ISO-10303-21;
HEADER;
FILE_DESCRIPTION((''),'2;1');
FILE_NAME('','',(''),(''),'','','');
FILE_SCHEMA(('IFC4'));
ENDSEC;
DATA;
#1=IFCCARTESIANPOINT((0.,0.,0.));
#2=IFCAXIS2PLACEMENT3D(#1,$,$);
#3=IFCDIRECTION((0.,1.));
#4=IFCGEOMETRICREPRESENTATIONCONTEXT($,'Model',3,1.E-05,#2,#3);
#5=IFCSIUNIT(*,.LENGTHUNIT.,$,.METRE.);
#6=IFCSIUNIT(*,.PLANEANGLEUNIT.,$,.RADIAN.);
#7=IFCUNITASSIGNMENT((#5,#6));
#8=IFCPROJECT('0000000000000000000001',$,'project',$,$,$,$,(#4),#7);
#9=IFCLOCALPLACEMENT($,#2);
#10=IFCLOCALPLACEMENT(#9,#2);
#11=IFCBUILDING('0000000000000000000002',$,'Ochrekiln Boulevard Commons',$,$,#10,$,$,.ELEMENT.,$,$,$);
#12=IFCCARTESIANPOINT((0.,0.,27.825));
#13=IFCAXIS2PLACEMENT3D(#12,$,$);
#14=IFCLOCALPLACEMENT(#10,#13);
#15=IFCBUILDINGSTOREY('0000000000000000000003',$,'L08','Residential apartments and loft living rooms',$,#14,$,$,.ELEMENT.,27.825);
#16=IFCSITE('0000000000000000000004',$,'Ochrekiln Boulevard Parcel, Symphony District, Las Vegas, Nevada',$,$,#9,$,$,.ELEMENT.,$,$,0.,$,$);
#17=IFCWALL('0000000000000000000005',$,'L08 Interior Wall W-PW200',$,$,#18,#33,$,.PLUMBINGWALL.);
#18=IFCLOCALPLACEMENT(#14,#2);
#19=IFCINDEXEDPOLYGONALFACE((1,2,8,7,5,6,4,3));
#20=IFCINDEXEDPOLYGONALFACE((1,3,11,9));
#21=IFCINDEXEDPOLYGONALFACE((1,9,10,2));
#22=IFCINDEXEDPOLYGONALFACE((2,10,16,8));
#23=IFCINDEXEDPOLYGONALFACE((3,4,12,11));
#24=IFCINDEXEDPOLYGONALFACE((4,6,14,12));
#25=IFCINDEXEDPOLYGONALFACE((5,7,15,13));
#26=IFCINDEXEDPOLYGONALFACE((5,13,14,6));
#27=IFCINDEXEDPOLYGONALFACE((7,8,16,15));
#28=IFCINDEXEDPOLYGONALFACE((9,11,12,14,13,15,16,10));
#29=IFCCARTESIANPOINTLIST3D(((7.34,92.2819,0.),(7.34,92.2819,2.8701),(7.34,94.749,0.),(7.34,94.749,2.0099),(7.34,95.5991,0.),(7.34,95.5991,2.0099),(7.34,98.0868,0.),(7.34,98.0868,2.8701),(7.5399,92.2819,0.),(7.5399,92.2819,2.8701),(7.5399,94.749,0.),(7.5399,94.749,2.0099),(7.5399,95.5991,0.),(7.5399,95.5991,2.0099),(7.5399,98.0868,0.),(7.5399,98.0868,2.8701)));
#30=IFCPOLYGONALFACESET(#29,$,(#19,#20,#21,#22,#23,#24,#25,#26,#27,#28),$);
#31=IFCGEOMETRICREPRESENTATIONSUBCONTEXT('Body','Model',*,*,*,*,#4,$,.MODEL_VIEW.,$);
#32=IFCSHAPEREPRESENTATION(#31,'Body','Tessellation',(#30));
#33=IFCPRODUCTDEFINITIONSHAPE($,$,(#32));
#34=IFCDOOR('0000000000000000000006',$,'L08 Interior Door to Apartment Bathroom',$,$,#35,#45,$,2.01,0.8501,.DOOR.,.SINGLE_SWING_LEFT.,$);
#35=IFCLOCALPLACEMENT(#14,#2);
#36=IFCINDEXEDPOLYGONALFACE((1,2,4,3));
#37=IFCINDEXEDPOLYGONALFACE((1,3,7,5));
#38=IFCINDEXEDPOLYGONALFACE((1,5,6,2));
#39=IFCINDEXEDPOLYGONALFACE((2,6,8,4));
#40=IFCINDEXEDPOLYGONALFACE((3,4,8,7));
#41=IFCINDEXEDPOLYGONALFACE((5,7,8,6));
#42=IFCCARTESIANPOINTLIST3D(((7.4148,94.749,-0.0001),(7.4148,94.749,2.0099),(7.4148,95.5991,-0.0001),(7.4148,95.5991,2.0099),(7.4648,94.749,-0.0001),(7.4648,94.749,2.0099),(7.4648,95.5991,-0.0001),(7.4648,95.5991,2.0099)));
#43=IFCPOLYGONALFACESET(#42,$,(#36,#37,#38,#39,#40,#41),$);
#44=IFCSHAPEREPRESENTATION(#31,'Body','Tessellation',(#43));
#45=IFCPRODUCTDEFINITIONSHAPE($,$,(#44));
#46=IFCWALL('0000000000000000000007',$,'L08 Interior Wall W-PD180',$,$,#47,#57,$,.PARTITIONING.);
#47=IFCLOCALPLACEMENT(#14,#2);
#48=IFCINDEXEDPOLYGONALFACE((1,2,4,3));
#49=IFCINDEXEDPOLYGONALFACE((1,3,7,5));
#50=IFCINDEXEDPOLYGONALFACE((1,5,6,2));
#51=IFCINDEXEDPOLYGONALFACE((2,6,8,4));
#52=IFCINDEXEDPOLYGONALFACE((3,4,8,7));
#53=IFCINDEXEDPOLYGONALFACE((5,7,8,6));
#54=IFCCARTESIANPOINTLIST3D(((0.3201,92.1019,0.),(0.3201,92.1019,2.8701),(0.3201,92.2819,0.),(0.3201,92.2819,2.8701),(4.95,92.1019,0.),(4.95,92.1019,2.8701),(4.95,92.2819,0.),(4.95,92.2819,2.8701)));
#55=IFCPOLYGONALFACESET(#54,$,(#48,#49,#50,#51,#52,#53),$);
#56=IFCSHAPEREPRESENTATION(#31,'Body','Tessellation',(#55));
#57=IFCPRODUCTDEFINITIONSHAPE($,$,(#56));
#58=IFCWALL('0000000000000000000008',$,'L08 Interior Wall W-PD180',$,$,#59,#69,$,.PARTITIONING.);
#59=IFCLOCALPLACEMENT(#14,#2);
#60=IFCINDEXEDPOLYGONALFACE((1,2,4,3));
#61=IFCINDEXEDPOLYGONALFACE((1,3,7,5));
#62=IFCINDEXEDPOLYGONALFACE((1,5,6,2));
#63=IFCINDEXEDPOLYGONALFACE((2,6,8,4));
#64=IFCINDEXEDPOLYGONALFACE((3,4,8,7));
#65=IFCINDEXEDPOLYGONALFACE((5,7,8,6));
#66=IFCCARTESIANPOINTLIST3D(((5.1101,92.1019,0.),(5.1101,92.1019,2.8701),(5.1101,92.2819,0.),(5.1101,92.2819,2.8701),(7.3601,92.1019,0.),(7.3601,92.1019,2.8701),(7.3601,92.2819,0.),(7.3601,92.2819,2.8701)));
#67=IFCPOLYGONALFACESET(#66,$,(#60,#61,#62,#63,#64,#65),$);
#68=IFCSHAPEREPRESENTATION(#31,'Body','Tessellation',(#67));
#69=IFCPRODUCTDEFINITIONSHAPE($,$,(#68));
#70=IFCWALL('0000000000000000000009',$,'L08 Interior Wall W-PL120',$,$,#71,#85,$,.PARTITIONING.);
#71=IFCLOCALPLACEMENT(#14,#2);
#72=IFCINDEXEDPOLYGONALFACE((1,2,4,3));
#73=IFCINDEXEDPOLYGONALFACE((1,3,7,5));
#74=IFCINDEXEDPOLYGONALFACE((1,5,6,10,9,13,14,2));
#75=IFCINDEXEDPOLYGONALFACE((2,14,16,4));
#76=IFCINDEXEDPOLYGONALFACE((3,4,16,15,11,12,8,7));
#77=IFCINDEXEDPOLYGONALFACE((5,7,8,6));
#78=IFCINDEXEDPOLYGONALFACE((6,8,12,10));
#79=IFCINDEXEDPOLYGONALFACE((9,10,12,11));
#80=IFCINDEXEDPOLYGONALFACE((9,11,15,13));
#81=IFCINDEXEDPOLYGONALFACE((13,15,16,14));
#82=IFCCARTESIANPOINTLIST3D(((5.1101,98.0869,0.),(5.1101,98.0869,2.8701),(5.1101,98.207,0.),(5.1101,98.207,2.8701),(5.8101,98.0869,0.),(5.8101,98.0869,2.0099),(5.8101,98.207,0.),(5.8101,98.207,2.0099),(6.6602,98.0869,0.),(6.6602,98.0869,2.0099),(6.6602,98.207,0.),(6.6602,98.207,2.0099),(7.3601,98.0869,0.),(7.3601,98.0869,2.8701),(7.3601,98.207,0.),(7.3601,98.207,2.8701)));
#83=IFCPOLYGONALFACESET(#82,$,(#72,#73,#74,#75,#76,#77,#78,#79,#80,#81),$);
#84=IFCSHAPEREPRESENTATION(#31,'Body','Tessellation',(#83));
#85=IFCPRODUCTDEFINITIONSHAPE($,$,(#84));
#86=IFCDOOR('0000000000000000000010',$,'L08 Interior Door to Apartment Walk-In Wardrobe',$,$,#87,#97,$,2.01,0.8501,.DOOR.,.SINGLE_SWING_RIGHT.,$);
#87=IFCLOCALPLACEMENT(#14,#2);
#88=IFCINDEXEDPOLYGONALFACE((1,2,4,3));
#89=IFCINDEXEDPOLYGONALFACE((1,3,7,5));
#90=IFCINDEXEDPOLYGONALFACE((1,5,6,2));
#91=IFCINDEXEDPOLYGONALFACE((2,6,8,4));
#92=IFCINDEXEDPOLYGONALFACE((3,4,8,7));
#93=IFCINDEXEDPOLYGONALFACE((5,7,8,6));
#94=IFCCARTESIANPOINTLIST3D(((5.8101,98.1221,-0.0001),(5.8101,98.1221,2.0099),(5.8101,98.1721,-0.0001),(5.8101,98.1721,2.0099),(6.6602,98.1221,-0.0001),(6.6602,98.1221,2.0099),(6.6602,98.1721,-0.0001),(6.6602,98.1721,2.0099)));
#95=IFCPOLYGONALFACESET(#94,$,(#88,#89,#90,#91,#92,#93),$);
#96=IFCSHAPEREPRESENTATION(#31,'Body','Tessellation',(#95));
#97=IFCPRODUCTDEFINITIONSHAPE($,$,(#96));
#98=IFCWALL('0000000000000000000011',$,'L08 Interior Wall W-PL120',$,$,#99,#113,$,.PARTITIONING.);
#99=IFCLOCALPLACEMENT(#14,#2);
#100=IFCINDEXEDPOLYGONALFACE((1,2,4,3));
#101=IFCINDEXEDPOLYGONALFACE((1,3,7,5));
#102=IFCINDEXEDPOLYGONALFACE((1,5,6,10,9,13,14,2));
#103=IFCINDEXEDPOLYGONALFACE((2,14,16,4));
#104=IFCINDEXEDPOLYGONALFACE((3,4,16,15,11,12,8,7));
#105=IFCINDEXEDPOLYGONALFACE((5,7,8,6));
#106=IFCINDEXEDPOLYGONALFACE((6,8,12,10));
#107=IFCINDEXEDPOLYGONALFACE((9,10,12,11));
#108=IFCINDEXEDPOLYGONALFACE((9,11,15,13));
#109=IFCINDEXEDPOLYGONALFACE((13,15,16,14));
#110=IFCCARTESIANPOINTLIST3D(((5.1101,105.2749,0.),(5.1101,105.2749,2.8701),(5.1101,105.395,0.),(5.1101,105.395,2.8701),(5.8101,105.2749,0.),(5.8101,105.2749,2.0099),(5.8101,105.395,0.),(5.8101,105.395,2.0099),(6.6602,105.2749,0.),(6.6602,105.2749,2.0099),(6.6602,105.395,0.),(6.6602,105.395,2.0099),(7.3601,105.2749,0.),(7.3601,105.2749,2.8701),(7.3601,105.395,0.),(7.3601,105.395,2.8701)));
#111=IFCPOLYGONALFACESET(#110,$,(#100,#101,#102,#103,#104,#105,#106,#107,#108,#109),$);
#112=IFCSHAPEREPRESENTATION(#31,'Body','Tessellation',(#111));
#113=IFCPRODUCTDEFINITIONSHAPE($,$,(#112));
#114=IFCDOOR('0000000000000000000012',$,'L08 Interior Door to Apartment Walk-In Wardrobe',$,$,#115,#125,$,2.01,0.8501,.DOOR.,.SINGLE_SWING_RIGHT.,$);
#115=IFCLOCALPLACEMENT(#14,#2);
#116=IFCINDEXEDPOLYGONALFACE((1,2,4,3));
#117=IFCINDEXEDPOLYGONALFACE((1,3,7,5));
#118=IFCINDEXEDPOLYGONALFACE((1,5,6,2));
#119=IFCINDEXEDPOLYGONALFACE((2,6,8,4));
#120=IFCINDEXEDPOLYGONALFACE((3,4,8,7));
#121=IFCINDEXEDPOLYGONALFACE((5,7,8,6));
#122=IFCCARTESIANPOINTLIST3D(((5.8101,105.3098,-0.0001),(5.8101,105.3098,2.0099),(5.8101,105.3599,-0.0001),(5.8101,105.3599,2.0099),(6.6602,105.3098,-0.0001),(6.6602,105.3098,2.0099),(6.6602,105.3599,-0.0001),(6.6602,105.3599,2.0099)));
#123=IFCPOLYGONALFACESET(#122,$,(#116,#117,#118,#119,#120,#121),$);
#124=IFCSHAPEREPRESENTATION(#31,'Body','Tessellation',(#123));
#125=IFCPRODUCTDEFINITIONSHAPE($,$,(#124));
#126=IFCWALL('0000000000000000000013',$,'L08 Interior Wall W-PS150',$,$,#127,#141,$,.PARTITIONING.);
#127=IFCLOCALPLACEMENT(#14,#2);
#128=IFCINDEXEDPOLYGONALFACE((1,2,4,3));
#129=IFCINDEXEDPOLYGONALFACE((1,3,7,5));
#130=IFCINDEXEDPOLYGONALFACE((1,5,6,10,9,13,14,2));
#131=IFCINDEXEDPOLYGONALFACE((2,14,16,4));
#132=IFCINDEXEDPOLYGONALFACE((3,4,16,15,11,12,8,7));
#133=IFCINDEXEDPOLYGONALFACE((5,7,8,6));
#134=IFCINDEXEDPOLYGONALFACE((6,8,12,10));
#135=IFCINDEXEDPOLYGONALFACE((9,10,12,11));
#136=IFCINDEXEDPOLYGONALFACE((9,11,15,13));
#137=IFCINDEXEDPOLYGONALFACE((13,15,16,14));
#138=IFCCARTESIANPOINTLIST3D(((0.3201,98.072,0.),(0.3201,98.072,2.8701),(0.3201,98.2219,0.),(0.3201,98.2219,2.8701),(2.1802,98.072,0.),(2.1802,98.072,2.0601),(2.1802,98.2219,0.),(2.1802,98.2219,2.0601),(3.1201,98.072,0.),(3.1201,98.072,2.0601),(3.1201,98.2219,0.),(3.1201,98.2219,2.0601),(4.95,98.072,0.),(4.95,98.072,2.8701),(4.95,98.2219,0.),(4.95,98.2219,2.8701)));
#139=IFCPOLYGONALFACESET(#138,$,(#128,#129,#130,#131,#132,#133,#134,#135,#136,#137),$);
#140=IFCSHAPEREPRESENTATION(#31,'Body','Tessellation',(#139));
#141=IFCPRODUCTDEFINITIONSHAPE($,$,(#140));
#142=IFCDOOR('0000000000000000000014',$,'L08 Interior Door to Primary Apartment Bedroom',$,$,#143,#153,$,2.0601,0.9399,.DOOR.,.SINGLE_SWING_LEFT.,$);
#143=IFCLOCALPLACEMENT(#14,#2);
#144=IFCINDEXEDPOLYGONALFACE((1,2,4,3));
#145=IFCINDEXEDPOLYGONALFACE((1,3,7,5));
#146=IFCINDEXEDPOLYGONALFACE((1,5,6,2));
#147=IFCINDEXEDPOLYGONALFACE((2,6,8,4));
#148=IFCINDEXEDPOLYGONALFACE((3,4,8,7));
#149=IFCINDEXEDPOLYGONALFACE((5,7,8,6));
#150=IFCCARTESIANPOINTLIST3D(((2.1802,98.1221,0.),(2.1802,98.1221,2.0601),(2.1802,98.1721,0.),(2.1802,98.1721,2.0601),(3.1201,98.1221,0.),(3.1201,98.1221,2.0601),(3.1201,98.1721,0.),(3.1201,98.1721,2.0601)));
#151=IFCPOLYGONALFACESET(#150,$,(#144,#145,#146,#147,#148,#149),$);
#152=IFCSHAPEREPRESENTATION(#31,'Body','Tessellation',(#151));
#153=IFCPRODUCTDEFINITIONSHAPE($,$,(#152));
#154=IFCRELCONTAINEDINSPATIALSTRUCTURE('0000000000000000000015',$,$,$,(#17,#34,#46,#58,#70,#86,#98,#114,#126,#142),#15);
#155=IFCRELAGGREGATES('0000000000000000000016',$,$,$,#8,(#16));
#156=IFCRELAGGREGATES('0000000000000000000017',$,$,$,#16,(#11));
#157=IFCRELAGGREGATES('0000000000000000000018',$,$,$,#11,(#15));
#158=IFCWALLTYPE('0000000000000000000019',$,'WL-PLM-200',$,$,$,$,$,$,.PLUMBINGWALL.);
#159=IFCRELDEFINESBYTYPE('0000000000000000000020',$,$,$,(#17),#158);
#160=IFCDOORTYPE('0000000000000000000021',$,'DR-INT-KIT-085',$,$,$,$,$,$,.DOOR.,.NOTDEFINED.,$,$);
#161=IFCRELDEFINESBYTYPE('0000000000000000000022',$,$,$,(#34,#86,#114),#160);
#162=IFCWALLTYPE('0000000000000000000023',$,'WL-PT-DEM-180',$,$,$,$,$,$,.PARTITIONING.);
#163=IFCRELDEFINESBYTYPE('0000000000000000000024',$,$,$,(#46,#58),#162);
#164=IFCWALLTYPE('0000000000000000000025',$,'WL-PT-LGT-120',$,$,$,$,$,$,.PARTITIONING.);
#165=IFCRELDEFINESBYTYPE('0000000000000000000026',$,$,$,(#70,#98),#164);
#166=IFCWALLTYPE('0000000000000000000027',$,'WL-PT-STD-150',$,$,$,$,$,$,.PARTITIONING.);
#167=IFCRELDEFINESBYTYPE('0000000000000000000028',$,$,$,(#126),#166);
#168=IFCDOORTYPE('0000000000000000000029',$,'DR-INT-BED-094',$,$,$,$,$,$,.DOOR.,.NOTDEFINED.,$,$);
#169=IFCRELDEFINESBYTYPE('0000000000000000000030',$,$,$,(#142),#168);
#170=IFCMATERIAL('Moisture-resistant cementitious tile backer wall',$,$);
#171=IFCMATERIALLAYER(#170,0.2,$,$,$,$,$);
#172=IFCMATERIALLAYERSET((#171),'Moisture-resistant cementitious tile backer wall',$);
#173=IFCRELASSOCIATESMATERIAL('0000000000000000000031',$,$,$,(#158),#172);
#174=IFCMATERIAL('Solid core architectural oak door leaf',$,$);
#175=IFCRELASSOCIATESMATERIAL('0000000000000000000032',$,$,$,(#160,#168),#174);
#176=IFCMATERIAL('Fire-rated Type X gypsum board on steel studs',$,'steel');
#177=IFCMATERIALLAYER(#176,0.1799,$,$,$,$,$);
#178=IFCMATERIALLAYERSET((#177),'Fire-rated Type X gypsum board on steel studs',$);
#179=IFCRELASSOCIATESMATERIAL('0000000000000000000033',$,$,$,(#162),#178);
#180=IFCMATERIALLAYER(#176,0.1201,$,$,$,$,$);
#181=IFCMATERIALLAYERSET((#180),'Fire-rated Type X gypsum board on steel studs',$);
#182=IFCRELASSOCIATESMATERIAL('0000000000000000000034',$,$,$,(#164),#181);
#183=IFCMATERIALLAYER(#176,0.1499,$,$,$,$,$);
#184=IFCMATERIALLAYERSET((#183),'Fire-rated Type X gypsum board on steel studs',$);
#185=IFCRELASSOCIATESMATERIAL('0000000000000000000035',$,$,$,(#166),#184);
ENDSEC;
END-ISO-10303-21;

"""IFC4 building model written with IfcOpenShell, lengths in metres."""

from ifc_helpers import new_model, si_unit, direction, frame, frame_2d, origin, place, context, subcontext, project, spatial, rectangle, extrude, material, layer, layer_set, type_object, element, fill, save


model = new_model("IFC4")

# Units and contexts
model_context = context("Model", 3, precision=1e-05, world=origin(), true_north=direction((0.0, 1.0)))
body_context = subcontext(model_context, "Body", "Model", "MODEL_VIEW")
ifc_project = project(units=[si_unit("LENGTHUNIT", "METRE"), si_unit("PLANEANGLEUNIT", "RADIAN")], contexts=[model_context])

# Site, building, storey
site_placement = place(None, origin())
site = spatial("IfcSite", under=ifc_project, at=site_placement, Name="Ochrekiln Boulevard Parcel, Symphony District, Las Vegas, Nevada", CompositionType="ELEMENT", RefElevation=0.0)
building_placement = place(site_placement, origin())
building = spatial("IfcBuilding", under=site, at=building_placement, Name="Ochrekiln Boulevard Commons", CompositionType="ELEMENT")
storey_placement = place(building_placement, frame((0.0, 0.0, 27.825)))
storey = spatial("IfcBuildingStorey", under=building, at=storey_placement, Name="L08", Description="Residential apartments and loft living rooms", CompositionType="ELEMENT", Elevation=27.825)

# Shared definitions
ifc_material_1 = material(Name="Moisture-resistant cementitious tile backer wall")
ifc_layer_1 = layer(ifc_material_1, 0.2)
ifc_layer_set_1 = layer_set([ifc_layer_1], Name="Moisture-resistant cementitious tile backer wall")
wall_type_1 = type_object("IfcWallType", Name="WL-PLM-200", PredefinedType="PLUMBINGWALL", material=ifc_layer_set_1)

# Wall, opening, door
ifc_material_2 = material(Name="Solid core architectural oak door leaf")
wall_1_placement = place(storey_placement, frame((7.4399, 92.282, 0.0), z_axis=(0.0, 0.0, 1.0), x_axis=(0.0, 1.0, 0.0)))
wall_1 = element("IfcWall", 1, at=wall_1_placement, inside=storey, type_object=wall_type_1, Name="L08 Interior Wall W-PW200", PredefinedType="PLUMBINGWALL", context=body_context, shape_type="SweptSolid", body=[
    extrude(rectangle(XDim=5.8049, YDim=0.2, at=frame_2d((2.9023, 0.0))), origin(), (0.0, 0.0, 1.0), 2.8701),
])
opening_1_placement = place(wall_1_placement, frame((2.467, 0.0, 0.0)))
opening_1 = element("IfcOpeningElement", 2, at=opening_1_placement, cuts=wall_1, PredefinedType="OPENING", context=body_context, shape_type="SweptSolid", body=[
    extrude(rectangle(XDim=0.8501, YDim=2.01, at=frame_2d((0.425, 1.0049))), frame((0.0, 0.1099, 0.0), z_axis=(0.0, -1.0, 0.0), x_axis=(1.0, 0.0, 0.0)), (0.0, 0.0, 1.0), 0.22),
])
door_type_1 = type_object("IfcDoorType", Name="DR-INT-KIT-085", OperationType="NOTDEFINED", PredefinedType="DOOR", material=ifc_material_2)
door_1_placement = place(opening_1_placement, frame((0.8501, 0.0, 0.0), z_axis=(0.0, 0.0, 1.0), x_axis=(-1.0, 0.0, 0.0)))
door_1 = element("IfcDoor", 3, at=door_1_placement, inside=storey, type_object=door_type_1, Name="L08 Interior Door to Apartment Bathroom", OperationType="SINGLE_SWING_LEFT", OverallHeight=2.01, OverallWidth=0.8501, PredefinedType="DOOR", context=body_context, shape_type="SweptSolid", body=[
    extrude(rectangle(XDim=0.8501, YDim=2.01, at=frame_2d((0.425, 1.0049))), frame((0.0, 0.0249, 0.0), z_axis=(0.0, -1.0, 0.0), x_axis=(1.0, 0.0, 0.0)), (0.0, 0.0, 1.0), 0.05),
])
fill(opening_1, door_1)

# Walls
ifc_material_3 = material(Name="Fire-rated Type X gypsum board on steel studs", Category="steel")
ifc_layer_2 = layer(ifc_material_3, 0.1799)
ifc_layer_set_2 = layer_set([ifc_layer_2], Name="Fire-rated Type X gypsum board on steel studs")
wall_type_2 = type_object("IfcWallType", Name="WL-PT-DEM-180", PredefinedType="PARTITIONING", material=ifc_layer_set_2)
wall_2_placement = place(storey_placement, frame((0.3201, 92.1919, 0.0), z_axis=(0.0, 0.0, 1.0), x_axis=(1.0, 0.0, 0.0)))
element("IfcWall", 4, at=wall_2_placement, inside=storey, type_object=wall_type_2, Name="L08 Interior Wall W-PD180", PredefinedType="PARTITIONING", context=body_context, shape_type="SweptSolid", body=[
    extrude(rectangle(XDim=4.6299, YDim=0.1799, at=frame_2d((2.3149, 0.0))), origin(), (0.0, 0.0, 1.0), 2.8701),
])
wall_3_placement = place(storey_placement, frame((5.1101, 92.1919, 0.0), z_axis=(0.0, 0.0, 1.0), x_axis=(1.0, 0.0, 0.0)))
element("IfcWall", 5, at=wall_3_placement, inside=storey, type_object=wall_type_2, Name="L08 Interior Wall W-PD180", PredefinedType="PARTITIONING", context=body_context, shape_type="SweptSolid", body=[
    extrude(rectangle(XDim=2.25, YDim=0.1799, at=frame_2d((1.125, 0.0))), origin(), (0.0, 0.0, 1.0), 2.8701),
])

# Walls, openings, doors
ifc_layer_3 = layer(ifc_material_3, 0.1201)
ifc_layer_set_3 = layer_set([ifc_layer_3], Name="Fire-rated Type X gypsum board on steel studs")
wall_type_3 = type_object("IfcWallType", Name="WL-PT-LGT-120", PredefinedType="PARTITIONING", material=ifc_layer_set_3)
wall_4_placement = place(storey_placement, frame((5.1101, 98.147, 0.0), z_axis=(0.0, 0.0, 1.0), x_axis=(1.0, 0.0, 0.0)))
wall_4 = element("IfcWall", 6, at=wall_4_placement, inside=storey, type_object=wall_type_3, Name="L08 Interior Wall W-PL120", PredefinedType="PARTITIONING", context=body_context, shape_type="SweptSolid", body=[
    extrude(rectangle(XDim=2.25, YDim=0.1201, at=frame_2d((1.125, 0.0))), origin(), (0.0, 0.0, 1.0), 2.8701),
])
opening_2_placement = place(wall_4_placement, frame((0.7, 0.0, 0.0)))
opening_2 = element("IfcOpeningElement", 7, at=opening_2_placement, cuts=wall_4, PredefinedType="OPENING", context=body_context, shape_type="SweptSolid", body=[
    extrude(rectangle(XDim=0.8501, YDim=2.01, at=frame_2d((0.425, 1.0049))), frame((0.0, 0.0701, 0.0), z_axis=(0.0, -1.0, 0.0), x_axis=(1.0, 0.0, 0.0)), (0.0, 0.0, 1.0), 0.1401),
])
door_2_placement = place(opening_2_placement, frame((0.8501, 0.0, 0.0), z_axis=(0.0, 0.0, 1.0), x_axis=(-1.0, 0.0, 0.0)))
door_2 = element("IfcDoor", 8, at=door_2_placement, inside=storey, type_object=door_type_1, Name="L08 Interior Door to Apartment Walk-In Wardrobe", OperationType="SINGLE_SWING_RIGHT", OverallHeight=2.01, OverallWidth=0.8501, PredefinedType="DOOR", context=body_context, shape_type="SweptSolid", body=[
    extrude(rectangle(XDim=0.8501, YDim=2.01, at=frame_2d((0.425, 1.0049))), frame((0.0, 0.0249, 0.0), z_axis=(0.0, -1.0, 0.0), x_axis=(1.0, 0.0, 0.0)), (0.0, 0.0, 1.0), 0.05),
])
fill(opening_2, door_2)
wall_5_placement = place(storey_placement, frame((5.1101, 105.335, 0.0), z_axis=(0.0, 0.0, 1.0), x_axis=(1.0, 0.0, 0.0)))
wall_5 = element("IfcWall", 9, at=wall_5_placement, inside=storey, type_object=wall_type_3, Name="L08 Interior Wall W-PL120", PredefinedType="PARTITIONING", context=body_context, shape_type="SweptSolid", body=[
    extrude(rectangle(XDim=2.25, YDim=0.1201, at=frame_2d((1.125, 0.0))), origin(), (0.0, 0.0, 1.0), 2.8701),
])
opening_3_placement = place(wall_5_placement, frame((0.7, 0.0, 0.0)))
opening_3 = element("IfcOpeningElement", 10, at=opening_3_placement, cuts=wall_5, PredefinedType="OPENING", context=body_context, shape_type="SweptSolid", body=[
    extrude(rectangle(XDim=0.8501, YDim=2.01, at=frame_2d((0.425, 1.0049))), frame((0.0, 0.0701, 0.0), z_axis=(0.0, -1.0, 0.0), x_axis=(1.0, 0.0, 0.0)), (0.0, 0.0, 1.0), 0.1401),
])
door_3_placement = place(opening_3_placement, origin())
door_3 = element("IfcDoor", 11, at=door_3_placement, inside=storey, type_object=door_type_1, Name="L08 Interior Door to Apartment Walk-In Wardrobe", OperationType="SINGLE_SWING_RIGHT", OverallHeight=2.01, OverallWidth=0.8501, PredefinedType="DOOR", context=body_context, shape_type="SweptSolid", body=[
    extrude(rectangle(XDim=0.8501, YDim=2.01, at=frame_2d((0.425, 1.0049))), frame((0.0, 0.0249, 0.0), z_axis=(0.0, -1.0, 0.0), x_axis=(1.0, 0.0, 0.0)), (0.0, 0.0, 1.0), 0.05),
])
fill(opening_3, door_3)
ifc_layer_4 = layer(ifc_material_3, 0.1499)
ifc_layer_set_4 = layer_set([ifc_layer_4], Name="Fire-rated Type X gypsum board on steel studs")
wall_type_4 = type_object("IfcWallType", Name="WL-PT-STD-150", PredefinedType="PARTITIONING", material=ifc_layer_set_4)
wall_6_placement = place(storey_placement, frame((0.3201, 98.147, 0.0), z_axis=(0.0, 0.0, 1.0), x_axis=(1.0, 0.0, 0.0)))
wall_6 = element("IfcWall", 12, at=wall_6_placement, inside=storey, type_object=wall_type_4, Name="L08 Interior Wall W-PS150", PredefinedType="PARTITIONING", context=body_context, shape_type="SweptSolid", body=[
    extrude(rectangle(XDim=4.6299, YDim=0.1499, at=frame_2d((2.3149, 0.0))), origin(), (0.0, 0.0, 1.0), 2.8701),
])
opening_4_placement = place(wall_6_placement, frame((1.8601, 0.0, 0.0)))
opening_4 = element("IfcOpeningElement", 13, at=opening_4_placement, cuts=wall_6, PredefinedType="OPENING", context=body_context, shape_type="SweptSolid", body=[
    extrude(rectangle(XDim=0.9399, YDim=2.0601, at=frame_2d((0.47, 1.03))), frame((0.0, 0.085, 0.0), z_axis=(0.0, -1.0, 0.0), x_axis=(1.0, 0.0, 0.0)), (0.0, 0.0, 1.0), 0.1699),
])
door_type_2 = type_object("IfcDoorType", Name="DR-INT-BED-094", OperationType="NOTDEFINED", PredefinedType="DOOR", material=ifc_material_2)
door_4_placement = place(opening_4_placement, frame((0.9399, 0.0, 0.0), z_axis=(0.0, 0.0, 1.0), x_axis=(-1.0, 0.0, 0.0)))
door_4 = element("IfcDoor", 14, at=door_4_placement, inside=storey, type_object=door_type_2, Name="L08 Interior Door to Primary Apartment Bedroom", OperationType="SINGLE_SWING_LEFT", OverallHeight=2.0601, OverallWidth=0.9399, PredefinedType="DOOR", context=body_context, shape_type="SweptSolid", body=[
    extrude(rectangle(XDim=0.9399, YDim=2.0601, at=frame_2d((0.47, 1.03))), frame((0.0, 0.0249, 0.0), z_axis=(0.0, -1.0, 0.0), x_axis=(1.0, 0.0, 0.0)), (0.0, 0.0, 1.0), 0.05),
])
fill(opening_4, door_4)

save(model, "model.ifc")
